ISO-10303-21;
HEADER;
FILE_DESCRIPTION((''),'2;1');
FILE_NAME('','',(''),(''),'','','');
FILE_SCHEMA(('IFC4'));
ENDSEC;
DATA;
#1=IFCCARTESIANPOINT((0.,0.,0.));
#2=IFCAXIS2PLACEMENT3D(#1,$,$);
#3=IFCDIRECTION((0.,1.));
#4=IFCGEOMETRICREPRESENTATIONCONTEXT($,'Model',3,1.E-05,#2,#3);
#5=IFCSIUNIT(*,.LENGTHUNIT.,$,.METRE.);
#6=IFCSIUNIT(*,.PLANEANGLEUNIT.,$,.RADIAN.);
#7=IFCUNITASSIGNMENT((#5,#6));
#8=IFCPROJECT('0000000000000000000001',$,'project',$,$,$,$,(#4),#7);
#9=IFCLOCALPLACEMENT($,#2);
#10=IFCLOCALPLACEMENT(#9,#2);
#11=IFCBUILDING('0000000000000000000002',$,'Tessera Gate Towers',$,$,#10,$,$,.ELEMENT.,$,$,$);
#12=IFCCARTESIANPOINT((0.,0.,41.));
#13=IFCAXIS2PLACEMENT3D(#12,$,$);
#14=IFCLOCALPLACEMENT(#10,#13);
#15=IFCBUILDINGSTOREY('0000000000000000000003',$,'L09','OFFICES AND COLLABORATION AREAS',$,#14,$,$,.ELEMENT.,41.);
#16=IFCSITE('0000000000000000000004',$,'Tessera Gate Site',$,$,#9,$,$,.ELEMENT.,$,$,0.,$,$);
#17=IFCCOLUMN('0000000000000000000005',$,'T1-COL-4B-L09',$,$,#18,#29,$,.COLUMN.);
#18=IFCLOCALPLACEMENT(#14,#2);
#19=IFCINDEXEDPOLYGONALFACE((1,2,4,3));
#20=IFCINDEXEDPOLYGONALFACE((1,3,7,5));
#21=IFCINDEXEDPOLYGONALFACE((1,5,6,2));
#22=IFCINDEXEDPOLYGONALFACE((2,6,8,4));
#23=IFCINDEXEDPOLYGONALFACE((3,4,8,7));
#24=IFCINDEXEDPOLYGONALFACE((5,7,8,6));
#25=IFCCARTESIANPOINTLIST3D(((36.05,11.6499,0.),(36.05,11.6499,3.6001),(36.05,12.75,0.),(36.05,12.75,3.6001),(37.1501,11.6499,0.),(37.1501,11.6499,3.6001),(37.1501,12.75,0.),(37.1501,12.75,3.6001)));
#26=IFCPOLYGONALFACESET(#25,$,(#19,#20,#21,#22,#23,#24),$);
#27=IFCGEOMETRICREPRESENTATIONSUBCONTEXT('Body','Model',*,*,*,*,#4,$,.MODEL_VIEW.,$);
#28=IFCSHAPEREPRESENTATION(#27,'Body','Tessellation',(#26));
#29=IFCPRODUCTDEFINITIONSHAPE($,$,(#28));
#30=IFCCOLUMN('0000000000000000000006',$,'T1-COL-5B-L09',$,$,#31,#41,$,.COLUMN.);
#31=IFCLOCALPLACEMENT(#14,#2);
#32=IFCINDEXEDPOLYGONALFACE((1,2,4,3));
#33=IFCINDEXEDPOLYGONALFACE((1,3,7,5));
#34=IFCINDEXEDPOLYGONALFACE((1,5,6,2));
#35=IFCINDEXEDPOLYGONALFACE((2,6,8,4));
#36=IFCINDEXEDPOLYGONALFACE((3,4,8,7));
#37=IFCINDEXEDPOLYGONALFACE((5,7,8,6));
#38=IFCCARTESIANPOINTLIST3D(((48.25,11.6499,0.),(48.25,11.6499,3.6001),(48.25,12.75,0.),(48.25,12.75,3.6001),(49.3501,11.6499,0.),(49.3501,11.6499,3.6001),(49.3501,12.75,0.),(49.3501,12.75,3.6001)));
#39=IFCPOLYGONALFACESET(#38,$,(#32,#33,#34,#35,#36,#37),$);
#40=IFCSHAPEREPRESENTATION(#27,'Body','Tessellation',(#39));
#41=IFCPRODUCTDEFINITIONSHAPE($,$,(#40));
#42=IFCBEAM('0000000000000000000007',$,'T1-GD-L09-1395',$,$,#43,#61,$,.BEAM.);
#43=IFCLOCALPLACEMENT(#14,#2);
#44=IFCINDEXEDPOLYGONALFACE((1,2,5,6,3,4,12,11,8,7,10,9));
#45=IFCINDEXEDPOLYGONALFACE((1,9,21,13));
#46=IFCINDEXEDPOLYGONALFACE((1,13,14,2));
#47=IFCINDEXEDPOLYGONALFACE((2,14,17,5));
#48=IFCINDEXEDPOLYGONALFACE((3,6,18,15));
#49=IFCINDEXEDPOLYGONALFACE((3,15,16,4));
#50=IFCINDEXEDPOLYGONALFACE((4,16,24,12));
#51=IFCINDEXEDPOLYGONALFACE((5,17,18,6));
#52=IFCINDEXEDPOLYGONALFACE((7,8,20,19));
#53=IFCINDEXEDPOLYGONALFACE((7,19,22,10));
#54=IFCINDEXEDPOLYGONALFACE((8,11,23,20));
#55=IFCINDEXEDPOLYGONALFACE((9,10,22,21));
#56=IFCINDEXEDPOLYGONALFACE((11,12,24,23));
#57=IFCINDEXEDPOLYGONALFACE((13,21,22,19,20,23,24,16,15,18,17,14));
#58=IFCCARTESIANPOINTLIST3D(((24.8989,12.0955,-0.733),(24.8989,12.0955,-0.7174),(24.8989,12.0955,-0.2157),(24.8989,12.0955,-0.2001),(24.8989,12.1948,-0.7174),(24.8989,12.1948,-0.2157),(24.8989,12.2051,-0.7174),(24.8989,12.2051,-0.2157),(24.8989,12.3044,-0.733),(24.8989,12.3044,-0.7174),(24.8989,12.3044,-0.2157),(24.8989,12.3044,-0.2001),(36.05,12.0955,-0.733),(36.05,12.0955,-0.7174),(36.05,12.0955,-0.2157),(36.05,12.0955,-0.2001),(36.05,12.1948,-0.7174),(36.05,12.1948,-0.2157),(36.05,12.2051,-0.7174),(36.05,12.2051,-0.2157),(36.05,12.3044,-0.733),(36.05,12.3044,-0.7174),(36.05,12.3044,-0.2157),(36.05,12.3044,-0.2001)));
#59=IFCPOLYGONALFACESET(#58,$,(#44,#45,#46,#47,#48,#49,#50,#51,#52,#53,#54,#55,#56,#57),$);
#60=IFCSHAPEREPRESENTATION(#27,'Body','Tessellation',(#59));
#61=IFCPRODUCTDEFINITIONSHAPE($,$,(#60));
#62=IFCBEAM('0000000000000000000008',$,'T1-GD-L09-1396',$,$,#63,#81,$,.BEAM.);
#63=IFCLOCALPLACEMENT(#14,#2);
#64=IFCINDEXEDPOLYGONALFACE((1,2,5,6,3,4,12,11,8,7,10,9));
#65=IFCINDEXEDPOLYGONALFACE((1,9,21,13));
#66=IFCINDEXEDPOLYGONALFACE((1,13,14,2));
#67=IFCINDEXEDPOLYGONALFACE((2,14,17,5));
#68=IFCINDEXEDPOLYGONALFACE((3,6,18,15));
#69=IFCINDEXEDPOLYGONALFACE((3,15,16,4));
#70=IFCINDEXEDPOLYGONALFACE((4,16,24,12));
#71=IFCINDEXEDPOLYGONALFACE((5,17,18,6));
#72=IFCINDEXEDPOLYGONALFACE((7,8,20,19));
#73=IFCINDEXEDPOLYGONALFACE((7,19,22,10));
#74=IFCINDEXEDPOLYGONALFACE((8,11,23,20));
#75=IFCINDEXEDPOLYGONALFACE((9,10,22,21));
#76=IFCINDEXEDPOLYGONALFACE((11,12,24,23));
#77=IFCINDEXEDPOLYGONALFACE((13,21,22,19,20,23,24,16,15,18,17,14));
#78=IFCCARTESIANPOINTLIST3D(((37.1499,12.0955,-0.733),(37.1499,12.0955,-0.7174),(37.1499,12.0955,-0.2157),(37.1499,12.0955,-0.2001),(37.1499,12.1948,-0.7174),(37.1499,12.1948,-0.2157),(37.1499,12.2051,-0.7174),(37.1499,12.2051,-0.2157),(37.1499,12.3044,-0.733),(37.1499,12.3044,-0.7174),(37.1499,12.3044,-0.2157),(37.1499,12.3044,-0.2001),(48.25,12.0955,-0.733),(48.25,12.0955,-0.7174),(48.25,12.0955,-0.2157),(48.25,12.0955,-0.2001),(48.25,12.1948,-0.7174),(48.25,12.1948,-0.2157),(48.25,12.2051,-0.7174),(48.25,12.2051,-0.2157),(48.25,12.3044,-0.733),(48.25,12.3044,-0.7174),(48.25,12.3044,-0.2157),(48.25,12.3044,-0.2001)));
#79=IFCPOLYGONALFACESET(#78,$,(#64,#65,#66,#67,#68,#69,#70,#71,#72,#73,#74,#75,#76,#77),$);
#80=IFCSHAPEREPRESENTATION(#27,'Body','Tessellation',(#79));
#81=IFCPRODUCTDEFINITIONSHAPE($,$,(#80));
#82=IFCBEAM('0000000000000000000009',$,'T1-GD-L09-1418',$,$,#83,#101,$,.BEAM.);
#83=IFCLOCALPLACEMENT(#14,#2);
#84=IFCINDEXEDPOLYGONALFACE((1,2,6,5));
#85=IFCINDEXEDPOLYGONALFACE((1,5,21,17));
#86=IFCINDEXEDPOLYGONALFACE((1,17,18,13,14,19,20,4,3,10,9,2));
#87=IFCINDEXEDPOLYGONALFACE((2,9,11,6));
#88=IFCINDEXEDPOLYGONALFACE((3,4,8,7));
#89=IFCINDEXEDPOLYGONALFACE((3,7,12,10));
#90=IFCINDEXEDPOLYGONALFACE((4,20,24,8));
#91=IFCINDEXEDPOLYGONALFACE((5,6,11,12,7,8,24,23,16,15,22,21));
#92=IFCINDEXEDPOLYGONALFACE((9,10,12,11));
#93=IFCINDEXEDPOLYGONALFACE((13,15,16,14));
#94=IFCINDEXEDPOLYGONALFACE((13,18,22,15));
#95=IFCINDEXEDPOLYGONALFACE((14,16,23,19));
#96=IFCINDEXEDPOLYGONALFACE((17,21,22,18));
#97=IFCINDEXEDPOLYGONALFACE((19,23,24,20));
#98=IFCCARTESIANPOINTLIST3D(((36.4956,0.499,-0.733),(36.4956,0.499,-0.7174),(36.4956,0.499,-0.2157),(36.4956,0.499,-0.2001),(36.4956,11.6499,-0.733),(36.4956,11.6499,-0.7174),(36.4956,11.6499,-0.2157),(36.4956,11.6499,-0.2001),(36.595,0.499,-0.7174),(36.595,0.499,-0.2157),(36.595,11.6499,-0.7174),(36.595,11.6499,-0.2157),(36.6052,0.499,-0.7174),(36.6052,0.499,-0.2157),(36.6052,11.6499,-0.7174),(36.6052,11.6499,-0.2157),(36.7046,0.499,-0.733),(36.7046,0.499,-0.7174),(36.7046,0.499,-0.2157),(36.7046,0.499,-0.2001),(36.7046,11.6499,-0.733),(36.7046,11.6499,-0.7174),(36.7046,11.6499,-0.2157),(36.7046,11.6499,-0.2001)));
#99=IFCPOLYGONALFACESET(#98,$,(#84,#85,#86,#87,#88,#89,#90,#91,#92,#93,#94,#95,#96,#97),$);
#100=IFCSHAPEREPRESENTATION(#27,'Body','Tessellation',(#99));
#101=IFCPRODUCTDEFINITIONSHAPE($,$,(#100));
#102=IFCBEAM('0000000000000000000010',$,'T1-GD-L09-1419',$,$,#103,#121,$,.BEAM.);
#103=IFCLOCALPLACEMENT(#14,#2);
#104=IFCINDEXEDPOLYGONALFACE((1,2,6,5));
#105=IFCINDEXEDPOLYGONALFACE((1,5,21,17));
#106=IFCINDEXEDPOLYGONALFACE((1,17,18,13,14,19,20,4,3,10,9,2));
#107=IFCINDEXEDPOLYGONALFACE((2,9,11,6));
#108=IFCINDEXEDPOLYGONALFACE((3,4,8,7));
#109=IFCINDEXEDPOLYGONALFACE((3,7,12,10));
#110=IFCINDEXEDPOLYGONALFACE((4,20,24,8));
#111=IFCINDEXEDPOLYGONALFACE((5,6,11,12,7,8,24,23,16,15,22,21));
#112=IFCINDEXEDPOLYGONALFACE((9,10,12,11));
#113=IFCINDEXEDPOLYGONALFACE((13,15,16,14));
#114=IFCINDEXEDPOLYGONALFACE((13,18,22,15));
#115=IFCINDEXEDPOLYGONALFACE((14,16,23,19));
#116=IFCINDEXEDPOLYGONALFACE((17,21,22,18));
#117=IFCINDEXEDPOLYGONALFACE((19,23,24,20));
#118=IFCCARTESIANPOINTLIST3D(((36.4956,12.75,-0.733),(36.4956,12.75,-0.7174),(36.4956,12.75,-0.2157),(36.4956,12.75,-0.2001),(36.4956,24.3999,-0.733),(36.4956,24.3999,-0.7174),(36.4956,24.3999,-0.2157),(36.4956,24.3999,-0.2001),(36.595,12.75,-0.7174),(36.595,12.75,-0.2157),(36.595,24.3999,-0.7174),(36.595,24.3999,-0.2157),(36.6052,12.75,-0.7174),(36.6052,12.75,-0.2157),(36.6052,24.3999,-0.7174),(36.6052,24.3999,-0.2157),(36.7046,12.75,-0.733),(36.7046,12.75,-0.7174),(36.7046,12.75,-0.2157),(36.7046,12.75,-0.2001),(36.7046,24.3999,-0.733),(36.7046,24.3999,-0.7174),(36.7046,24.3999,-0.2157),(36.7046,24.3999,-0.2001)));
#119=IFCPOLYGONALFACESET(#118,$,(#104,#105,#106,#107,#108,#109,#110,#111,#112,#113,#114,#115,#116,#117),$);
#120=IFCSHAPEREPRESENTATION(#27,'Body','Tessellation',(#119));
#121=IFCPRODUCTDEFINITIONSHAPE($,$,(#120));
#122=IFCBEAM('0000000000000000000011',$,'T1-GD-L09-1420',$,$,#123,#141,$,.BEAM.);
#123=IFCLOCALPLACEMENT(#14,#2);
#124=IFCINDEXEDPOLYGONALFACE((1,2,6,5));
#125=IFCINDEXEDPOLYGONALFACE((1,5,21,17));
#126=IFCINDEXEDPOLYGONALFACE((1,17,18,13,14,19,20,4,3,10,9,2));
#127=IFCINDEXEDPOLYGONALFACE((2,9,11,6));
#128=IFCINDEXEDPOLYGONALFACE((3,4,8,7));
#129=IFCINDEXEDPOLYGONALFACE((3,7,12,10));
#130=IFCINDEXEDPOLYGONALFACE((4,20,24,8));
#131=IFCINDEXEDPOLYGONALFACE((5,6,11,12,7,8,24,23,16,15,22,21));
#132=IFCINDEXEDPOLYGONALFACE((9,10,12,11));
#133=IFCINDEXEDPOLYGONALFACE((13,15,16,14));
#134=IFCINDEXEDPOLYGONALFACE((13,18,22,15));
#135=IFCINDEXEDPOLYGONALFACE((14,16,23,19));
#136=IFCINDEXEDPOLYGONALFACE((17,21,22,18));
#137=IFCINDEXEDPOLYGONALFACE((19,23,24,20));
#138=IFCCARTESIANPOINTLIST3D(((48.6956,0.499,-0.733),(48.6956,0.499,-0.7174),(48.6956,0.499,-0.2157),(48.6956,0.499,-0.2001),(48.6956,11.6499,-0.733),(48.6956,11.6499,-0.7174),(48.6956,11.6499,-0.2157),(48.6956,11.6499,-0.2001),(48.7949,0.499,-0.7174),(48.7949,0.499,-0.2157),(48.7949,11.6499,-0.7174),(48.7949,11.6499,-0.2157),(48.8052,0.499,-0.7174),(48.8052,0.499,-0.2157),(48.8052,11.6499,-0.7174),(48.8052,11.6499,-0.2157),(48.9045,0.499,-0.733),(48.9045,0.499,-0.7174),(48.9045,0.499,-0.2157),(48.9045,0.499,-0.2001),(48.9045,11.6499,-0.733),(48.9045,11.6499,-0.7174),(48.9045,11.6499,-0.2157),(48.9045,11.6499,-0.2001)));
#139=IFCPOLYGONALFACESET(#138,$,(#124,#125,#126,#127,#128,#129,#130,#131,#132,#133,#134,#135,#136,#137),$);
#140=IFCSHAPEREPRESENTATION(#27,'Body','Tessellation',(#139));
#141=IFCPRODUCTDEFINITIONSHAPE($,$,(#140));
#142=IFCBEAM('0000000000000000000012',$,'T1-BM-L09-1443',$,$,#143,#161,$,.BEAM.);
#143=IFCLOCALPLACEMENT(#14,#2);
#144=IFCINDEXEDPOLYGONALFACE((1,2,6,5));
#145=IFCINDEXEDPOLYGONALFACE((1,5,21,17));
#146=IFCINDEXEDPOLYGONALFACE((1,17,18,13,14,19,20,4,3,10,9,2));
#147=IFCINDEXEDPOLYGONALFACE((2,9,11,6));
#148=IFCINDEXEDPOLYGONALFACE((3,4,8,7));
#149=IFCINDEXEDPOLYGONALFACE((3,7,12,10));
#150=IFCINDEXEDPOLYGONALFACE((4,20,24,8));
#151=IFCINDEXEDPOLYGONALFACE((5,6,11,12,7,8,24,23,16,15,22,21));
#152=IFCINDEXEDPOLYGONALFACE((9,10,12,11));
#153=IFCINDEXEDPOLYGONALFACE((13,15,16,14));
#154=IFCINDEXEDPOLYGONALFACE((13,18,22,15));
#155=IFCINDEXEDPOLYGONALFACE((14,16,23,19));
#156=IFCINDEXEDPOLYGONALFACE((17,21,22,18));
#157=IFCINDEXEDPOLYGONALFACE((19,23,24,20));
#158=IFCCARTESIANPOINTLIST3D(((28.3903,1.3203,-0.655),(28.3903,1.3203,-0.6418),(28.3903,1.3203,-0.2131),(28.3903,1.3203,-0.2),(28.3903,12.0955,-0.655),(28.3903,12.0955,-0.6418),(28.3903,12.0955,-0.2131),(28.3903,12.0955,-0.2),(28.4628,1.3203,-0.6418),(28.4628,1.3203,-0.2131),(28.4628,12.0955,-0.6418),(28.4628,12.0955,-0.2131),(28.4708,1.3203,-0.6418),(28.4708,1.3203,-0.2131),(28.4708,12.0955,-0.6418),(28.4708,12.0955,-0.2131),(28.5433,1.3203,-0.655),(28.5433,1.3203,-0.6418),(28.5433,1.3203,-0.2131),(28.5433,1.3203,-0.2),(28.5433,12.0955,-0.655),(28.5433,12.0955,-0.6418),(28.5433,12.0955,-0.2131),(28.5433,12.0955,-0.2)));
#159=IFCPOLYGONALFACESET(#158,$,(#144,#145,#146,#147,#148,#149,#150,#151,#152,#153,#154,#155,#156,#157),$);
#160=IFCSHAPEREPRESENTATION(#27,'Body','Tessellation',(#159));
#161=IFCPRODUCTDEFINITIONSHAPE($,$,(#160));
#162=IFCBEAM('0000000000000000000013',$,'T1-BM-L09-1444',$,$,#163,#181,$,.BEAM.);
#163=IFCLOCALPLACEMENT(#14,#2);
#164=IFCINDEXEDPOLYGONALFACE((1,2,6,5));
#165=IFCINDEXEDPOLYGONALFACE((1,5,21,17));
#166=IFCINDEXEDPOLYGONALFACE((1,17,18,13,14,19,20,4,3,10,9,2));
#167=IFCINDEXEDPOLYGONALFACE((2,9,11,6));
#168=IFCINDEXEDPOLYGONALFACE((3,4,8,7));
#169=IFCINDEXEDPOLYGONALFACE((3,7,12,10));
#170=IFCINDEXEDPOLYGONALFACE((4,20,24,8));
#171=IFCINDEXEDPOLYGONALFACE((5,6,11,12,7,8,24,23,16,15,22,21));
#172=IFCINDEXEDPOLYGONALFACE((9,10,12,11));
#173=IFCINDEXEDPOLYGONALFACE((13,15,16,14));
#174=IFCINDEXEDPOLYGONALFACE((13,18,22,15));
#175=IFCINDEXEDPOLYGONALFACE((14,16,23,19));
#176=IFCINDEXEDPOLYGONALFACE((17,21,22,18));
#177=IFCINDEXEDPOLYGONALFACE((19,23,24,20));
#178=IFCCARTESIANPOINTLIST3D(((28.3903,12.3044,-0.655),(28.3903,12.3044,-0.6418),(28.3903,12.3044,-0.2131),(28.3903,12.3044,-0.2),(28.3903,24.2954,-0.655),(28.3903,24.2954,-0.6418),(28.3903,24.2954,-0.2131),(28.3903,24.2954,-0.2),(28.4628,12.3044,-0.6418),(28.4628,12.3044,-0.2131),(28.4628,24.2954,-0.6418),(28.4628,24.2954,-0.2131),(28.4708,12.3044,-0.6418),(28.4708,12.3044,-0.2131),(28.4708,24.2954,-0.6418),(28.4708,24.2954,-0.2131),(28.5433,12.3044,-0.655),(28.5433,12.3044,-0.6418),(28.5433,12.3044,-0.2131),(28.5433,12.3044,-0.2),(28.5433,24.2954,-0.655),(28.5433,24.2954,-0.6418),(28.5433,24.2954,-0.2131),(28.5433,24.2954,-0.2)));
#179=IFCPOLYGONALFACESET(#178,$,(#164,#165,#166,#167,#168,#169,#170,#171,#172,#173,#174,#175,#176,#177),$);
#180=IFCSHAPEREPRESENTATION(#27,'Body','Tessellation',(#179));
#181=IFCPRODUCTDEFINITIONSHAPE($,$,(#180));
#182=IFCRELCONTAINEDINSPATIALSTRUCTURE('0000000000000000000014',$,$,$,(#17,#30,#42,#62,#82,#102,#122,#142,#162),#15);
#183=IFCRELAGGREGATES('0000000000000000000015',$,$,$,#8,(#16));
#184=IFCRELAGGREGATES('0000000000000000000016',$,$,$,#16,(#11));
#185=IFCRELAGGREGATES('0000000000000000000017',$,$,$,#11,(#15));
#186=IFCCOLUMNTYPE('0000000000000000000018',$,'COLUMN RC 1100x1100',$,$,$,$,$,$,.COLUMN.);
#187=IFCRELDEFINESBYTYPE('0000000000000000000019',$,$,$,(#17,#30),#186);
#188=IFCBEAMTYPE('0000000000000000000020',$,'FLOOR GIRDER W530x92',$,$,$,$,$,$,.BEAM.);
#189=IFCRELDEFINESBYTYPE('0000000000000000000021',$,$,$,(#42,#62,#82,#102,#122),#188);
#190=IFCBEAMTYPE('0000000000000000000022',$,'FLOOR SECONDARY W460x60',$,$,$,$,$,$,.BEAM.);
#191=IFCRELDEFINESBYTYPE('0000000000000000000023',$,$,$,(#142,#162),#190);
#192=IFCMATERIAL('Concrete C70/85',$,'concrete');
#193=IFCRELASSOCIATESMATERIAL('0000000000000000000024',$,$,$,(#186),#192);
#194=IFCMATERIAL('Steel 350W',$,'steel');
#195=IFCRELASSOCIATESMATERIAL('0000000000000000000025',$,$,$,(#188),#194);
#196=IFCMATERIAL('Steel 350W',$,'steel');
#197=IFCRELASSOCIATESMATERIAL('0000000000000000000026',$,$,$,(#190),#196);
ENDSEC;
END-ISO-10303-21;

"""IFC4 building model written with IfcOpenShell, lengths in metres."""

from ifc_helpers import new_model, si_unit, direction, frame, origin, origin_2d, place, context, subcontext, project, spatial, rectangle, i_section, extrude, material, material_profile, profile_set, type_object, element, save


model = new_model("IFC4")

# Units and contexts
model_context = context("Model", 3, precision=1e-05, world=origin(), true_north=direction((0.0, 1.0)))
body_context = subcontext(model_context, "Body", "Model", "MODEL_VIEW")
ifc_project = project(units=[si_unit("LENGTHUNIT", "METRE"), si_unit("PLANEANGLEUNIT", "RADIAN")], contexts=[model_context])

# Site, building, storey
site_placement = place(None, origin())
site = spatial("IfcSite", under=ifc_project, at=site_placement, Name="Tessera Gate Site", CompositionType="ELEMENT", RefElevation=0.0)
building_placement = place(site_placement, origin())
building = spatial("IfcBuilding", under=site, at=building_placement, Name="Tessera Gate Towers", CompositionType="ELEMENT")
storey_placement = place(building_placement, frame((0.0, 0.0, 41.0)))
storey = spatial("IfcBuildingStorey", under=building, at=storey_placement, Name="L09", Description="OFFICES AND COLLABORATION AREAS", CompositionType="ELEMENT", Elevation=41.0)

# Columns
ifc_material_1 = material(Name="Concrete C70/85", Category="concrete")
ifc_material_profile_1 = material_profile(ifc_material_1, rectangle(XDim=1.1001, YDim=1.1001, at=origin_2d()), Name="RC 1100x1100")
ifc_profile_set_1 = profile_set([ifc_material_profile_1], Name="Concrete C70/85")
column_type = type_object("IfcColumnType", Name="COLUMN RC 1100x1100", PredefinedType="COLUMN", material=ifc_profile_set_1)
for number, where, z_axis, x_axis, name in (
    (1, (36.6001, 12.2, 0.0), (0.0, 0.0, 1.0), (1.0, 0.0, 0.0), "T1-COL-4B-L09"),
    (2, (48.8, 12.2, 0.0), (0.0, 0.0, 1.0), (1.0, 0.0, 0.0), "T1-COL-5B-L09"),
):
    element("IfcColumn", number, at=place(storey_placement, frame(where, z_axis=z_axis, x_axis=x_axis)), inside=storey, type_object=column_type, Name=name, PredefinedType="COLUMN", context=body_context, shape_type="SweptSolid", body=[
        extrude(rectangle(XDim=1.1001, YDim=1.1001, at=origin_2d()), origin(), (0.0, 0.0, 1.0), 3.6001),
    ])

# Beams
ifc_material_2 = material(Name="Steel 350W", Category="steel")
ifc_material_profile_2 = material_profile(ifc_material_2, i_section(OverallWidth=0.209, OverallDepth=0.533, WebThickness=0.0103, FlangeThickness=0.0156, at=origin_2d()), Name="W530x92")
ifc_profile_set_2 = profile_set([ifc_material_profile_2], Name="Steel 350W")
beam_type_1 = type_object("IfcBeamType", Name="FLOOR GIRDER W530x92", PredefinedType="BEAM", material=ifc_profile_set_2)
beam_1_placement = place(storey_placement, frame((24.8989, 12.2, -0.4666), z_axis=(1.0, 0.0, 0.0), x_axis=(0.0, 1.0, 0.0)))
element("IfcBeam", 3, at=beam_1_placement, inside=storey, type_object=beam_type_1, Name="T1-GD-L09-1395", PredefinedType="BEAM", context=body_context, shape_type="SweptSolid", body=[
    extrude(i_section(OverallWidth=0.209, OverallDepth=0.533, WebThickness=0.0103, FlangeThickness=0.0156, at=origin_2d()), origin(), (0.0, 0.0, 1.0), 11.1511),
])
beam_2_placement = place(storey_placement, frame((37.1499, 12.2, -0.4666), z_axis=(1.0, 0.0, 0.0), x_axis=(0.0, 1.0, 0.0)))
element("IfcBeam", 4, at=beam_2_placement, inside=storey, type_object=beam_type_1, Name="T1-GD-L09-1396", PredefinedType="BEAM", context=body_context, shape_type="SweptSolid", body=[
    extrude(i_section(OverallWidth=0.209, OverallDepth=0.533, WebThickness=0.0103, FlangeThickness=0.0156, at=origin_2d()), origin(), (0.0, 0.0, 1.0), 11.1001),
])
beam_3_placement = place(storey_placement, frame((36.6001, 0.499, -0.4666), z_axis=(0.0, 1.0, 0.0), x_axis=(-1.0, 0.0, 0.0)))
element("IfcBeam", 5, at=beam_3_placement, inside=storey, type_object=beam_type_1, Name="T1-GD-L09-1418", PredefinedType="BEAM", context=body_context, shape_type="SweptSolid", body=[
    extrude(i_section(OverallWidth=0.209, OverallDepth=0.533, WebThickness=0.0103, FlangeThickness=0.0156, at=origin_2d()), origin(), (0.0, 0.0, 1.0), 11.1509),
])
beam_4_placement = place(storey_placement, frame((36.6001, 12.75, -0.4666), z_axis=(0.0, 1.0, 0.0), x_axis=(-1.0, 0.0, 0.0)))
element("IfcBeam", 6, at=beam_4_placement, inside=storey, type_object=beam_type_1, Name="T1-GD-L09-1419", PredefinedType="BEAM", context=body_context, shape_type="SweptSolid", body=[
    extrude(i_section(OverallWidth=0.209, OverallDepth=0.533, WebThickness=0.0103, FlangeThickness=0.0156, at=origin_2d()), origin(), (0.0, 0.0, 1.0), 11.6499),
])
beam_5_placement = place(storey_placement, frame((48.8, 0.499, -0.4666), z_axis=(0.0, 1.0, 0.0), x_axis=(-1.0, 0.0, 0.0)))
element("IfcBeam", 7, at=beam_5_placement, inside=storey, type_object=beam_type_1, Name="T1-GD-L09-1420", PredefinedType="BEAM", context=body_context, shape_type="SweptSolid", body=[
    extrude(i_section(OverallWidth=0.209, OverallDepth=0.533, WebThickness=0.0103, FlangeThickness=0.0156, at=origin_2d()), origin(), (0.0, 0.0, 1.0), 11.1509),
])
ifc_material_3 = material(Name="Steel 350W", Category="steel")
ifc_material_profile_3 = material_profile(ifc_material_3, i_section(OverallWidth=0.1531, OverallDepth=0.4551, WebThickness=0.0081, FlangeThickness=0.0132, at=origin_2d()), Name="W460x60")
ifc_profile_set_3 = profile_set([ifc_material_profile_3], Name="Steel 350W")
beam_type_2 = type_object("IfcBeamType", Name="FLOOR SECONDARY W460x60", PredefinedType="BEAM", material=ifc_profile_set_3)
beam_6_placement = place(storey_placement, frame((28.4668, 1.3203, -0.4275), z_axis=(0.0, 1.0, 0.0), x_axis=(-1.0, 0.0, 0.0)))
element("IfcBeam", 8, at=beam_6_placement, inside=storey, type_object=beam_type_2, Name="T1-BM-L09-1443", PredefinedType="BEAM", context=body_context, shape_type="SweptSolid", body=[
    extrude(i_section(OverallWidth=0.1531, OverallDepth=0.4551, WebThickness=0.0081, FlangeThickness=0.0132, at=origin_2d()), origin(), (0.0, 0.0, 1.0), 10.7751),
])
beam_7_placement = place(storey_placement, frame((28.4668, 12.3044, -0.4275), z_axis=(0.0, 1.0, 0.0), x_axis=(-1.0, 0.0, 0.0)))
element("IfcBeam", 9, at=beam_7_placement, inside=storey, type_object=beam_type_2, Name="T1-BM-L09-1444", PredefinedType="BEAM", context=body_context, shape_type="SweptSolid", body=[
    extrude(i_section(OverallWidth=0.1531, OverallDepth=0.4551, WebThickness=0.0081, FlangeThickness=0.0132, at=origin_2d()), origin(), (0.0, 0.0, 1.0), 11.991),
])

save(model, "model.ifc")
